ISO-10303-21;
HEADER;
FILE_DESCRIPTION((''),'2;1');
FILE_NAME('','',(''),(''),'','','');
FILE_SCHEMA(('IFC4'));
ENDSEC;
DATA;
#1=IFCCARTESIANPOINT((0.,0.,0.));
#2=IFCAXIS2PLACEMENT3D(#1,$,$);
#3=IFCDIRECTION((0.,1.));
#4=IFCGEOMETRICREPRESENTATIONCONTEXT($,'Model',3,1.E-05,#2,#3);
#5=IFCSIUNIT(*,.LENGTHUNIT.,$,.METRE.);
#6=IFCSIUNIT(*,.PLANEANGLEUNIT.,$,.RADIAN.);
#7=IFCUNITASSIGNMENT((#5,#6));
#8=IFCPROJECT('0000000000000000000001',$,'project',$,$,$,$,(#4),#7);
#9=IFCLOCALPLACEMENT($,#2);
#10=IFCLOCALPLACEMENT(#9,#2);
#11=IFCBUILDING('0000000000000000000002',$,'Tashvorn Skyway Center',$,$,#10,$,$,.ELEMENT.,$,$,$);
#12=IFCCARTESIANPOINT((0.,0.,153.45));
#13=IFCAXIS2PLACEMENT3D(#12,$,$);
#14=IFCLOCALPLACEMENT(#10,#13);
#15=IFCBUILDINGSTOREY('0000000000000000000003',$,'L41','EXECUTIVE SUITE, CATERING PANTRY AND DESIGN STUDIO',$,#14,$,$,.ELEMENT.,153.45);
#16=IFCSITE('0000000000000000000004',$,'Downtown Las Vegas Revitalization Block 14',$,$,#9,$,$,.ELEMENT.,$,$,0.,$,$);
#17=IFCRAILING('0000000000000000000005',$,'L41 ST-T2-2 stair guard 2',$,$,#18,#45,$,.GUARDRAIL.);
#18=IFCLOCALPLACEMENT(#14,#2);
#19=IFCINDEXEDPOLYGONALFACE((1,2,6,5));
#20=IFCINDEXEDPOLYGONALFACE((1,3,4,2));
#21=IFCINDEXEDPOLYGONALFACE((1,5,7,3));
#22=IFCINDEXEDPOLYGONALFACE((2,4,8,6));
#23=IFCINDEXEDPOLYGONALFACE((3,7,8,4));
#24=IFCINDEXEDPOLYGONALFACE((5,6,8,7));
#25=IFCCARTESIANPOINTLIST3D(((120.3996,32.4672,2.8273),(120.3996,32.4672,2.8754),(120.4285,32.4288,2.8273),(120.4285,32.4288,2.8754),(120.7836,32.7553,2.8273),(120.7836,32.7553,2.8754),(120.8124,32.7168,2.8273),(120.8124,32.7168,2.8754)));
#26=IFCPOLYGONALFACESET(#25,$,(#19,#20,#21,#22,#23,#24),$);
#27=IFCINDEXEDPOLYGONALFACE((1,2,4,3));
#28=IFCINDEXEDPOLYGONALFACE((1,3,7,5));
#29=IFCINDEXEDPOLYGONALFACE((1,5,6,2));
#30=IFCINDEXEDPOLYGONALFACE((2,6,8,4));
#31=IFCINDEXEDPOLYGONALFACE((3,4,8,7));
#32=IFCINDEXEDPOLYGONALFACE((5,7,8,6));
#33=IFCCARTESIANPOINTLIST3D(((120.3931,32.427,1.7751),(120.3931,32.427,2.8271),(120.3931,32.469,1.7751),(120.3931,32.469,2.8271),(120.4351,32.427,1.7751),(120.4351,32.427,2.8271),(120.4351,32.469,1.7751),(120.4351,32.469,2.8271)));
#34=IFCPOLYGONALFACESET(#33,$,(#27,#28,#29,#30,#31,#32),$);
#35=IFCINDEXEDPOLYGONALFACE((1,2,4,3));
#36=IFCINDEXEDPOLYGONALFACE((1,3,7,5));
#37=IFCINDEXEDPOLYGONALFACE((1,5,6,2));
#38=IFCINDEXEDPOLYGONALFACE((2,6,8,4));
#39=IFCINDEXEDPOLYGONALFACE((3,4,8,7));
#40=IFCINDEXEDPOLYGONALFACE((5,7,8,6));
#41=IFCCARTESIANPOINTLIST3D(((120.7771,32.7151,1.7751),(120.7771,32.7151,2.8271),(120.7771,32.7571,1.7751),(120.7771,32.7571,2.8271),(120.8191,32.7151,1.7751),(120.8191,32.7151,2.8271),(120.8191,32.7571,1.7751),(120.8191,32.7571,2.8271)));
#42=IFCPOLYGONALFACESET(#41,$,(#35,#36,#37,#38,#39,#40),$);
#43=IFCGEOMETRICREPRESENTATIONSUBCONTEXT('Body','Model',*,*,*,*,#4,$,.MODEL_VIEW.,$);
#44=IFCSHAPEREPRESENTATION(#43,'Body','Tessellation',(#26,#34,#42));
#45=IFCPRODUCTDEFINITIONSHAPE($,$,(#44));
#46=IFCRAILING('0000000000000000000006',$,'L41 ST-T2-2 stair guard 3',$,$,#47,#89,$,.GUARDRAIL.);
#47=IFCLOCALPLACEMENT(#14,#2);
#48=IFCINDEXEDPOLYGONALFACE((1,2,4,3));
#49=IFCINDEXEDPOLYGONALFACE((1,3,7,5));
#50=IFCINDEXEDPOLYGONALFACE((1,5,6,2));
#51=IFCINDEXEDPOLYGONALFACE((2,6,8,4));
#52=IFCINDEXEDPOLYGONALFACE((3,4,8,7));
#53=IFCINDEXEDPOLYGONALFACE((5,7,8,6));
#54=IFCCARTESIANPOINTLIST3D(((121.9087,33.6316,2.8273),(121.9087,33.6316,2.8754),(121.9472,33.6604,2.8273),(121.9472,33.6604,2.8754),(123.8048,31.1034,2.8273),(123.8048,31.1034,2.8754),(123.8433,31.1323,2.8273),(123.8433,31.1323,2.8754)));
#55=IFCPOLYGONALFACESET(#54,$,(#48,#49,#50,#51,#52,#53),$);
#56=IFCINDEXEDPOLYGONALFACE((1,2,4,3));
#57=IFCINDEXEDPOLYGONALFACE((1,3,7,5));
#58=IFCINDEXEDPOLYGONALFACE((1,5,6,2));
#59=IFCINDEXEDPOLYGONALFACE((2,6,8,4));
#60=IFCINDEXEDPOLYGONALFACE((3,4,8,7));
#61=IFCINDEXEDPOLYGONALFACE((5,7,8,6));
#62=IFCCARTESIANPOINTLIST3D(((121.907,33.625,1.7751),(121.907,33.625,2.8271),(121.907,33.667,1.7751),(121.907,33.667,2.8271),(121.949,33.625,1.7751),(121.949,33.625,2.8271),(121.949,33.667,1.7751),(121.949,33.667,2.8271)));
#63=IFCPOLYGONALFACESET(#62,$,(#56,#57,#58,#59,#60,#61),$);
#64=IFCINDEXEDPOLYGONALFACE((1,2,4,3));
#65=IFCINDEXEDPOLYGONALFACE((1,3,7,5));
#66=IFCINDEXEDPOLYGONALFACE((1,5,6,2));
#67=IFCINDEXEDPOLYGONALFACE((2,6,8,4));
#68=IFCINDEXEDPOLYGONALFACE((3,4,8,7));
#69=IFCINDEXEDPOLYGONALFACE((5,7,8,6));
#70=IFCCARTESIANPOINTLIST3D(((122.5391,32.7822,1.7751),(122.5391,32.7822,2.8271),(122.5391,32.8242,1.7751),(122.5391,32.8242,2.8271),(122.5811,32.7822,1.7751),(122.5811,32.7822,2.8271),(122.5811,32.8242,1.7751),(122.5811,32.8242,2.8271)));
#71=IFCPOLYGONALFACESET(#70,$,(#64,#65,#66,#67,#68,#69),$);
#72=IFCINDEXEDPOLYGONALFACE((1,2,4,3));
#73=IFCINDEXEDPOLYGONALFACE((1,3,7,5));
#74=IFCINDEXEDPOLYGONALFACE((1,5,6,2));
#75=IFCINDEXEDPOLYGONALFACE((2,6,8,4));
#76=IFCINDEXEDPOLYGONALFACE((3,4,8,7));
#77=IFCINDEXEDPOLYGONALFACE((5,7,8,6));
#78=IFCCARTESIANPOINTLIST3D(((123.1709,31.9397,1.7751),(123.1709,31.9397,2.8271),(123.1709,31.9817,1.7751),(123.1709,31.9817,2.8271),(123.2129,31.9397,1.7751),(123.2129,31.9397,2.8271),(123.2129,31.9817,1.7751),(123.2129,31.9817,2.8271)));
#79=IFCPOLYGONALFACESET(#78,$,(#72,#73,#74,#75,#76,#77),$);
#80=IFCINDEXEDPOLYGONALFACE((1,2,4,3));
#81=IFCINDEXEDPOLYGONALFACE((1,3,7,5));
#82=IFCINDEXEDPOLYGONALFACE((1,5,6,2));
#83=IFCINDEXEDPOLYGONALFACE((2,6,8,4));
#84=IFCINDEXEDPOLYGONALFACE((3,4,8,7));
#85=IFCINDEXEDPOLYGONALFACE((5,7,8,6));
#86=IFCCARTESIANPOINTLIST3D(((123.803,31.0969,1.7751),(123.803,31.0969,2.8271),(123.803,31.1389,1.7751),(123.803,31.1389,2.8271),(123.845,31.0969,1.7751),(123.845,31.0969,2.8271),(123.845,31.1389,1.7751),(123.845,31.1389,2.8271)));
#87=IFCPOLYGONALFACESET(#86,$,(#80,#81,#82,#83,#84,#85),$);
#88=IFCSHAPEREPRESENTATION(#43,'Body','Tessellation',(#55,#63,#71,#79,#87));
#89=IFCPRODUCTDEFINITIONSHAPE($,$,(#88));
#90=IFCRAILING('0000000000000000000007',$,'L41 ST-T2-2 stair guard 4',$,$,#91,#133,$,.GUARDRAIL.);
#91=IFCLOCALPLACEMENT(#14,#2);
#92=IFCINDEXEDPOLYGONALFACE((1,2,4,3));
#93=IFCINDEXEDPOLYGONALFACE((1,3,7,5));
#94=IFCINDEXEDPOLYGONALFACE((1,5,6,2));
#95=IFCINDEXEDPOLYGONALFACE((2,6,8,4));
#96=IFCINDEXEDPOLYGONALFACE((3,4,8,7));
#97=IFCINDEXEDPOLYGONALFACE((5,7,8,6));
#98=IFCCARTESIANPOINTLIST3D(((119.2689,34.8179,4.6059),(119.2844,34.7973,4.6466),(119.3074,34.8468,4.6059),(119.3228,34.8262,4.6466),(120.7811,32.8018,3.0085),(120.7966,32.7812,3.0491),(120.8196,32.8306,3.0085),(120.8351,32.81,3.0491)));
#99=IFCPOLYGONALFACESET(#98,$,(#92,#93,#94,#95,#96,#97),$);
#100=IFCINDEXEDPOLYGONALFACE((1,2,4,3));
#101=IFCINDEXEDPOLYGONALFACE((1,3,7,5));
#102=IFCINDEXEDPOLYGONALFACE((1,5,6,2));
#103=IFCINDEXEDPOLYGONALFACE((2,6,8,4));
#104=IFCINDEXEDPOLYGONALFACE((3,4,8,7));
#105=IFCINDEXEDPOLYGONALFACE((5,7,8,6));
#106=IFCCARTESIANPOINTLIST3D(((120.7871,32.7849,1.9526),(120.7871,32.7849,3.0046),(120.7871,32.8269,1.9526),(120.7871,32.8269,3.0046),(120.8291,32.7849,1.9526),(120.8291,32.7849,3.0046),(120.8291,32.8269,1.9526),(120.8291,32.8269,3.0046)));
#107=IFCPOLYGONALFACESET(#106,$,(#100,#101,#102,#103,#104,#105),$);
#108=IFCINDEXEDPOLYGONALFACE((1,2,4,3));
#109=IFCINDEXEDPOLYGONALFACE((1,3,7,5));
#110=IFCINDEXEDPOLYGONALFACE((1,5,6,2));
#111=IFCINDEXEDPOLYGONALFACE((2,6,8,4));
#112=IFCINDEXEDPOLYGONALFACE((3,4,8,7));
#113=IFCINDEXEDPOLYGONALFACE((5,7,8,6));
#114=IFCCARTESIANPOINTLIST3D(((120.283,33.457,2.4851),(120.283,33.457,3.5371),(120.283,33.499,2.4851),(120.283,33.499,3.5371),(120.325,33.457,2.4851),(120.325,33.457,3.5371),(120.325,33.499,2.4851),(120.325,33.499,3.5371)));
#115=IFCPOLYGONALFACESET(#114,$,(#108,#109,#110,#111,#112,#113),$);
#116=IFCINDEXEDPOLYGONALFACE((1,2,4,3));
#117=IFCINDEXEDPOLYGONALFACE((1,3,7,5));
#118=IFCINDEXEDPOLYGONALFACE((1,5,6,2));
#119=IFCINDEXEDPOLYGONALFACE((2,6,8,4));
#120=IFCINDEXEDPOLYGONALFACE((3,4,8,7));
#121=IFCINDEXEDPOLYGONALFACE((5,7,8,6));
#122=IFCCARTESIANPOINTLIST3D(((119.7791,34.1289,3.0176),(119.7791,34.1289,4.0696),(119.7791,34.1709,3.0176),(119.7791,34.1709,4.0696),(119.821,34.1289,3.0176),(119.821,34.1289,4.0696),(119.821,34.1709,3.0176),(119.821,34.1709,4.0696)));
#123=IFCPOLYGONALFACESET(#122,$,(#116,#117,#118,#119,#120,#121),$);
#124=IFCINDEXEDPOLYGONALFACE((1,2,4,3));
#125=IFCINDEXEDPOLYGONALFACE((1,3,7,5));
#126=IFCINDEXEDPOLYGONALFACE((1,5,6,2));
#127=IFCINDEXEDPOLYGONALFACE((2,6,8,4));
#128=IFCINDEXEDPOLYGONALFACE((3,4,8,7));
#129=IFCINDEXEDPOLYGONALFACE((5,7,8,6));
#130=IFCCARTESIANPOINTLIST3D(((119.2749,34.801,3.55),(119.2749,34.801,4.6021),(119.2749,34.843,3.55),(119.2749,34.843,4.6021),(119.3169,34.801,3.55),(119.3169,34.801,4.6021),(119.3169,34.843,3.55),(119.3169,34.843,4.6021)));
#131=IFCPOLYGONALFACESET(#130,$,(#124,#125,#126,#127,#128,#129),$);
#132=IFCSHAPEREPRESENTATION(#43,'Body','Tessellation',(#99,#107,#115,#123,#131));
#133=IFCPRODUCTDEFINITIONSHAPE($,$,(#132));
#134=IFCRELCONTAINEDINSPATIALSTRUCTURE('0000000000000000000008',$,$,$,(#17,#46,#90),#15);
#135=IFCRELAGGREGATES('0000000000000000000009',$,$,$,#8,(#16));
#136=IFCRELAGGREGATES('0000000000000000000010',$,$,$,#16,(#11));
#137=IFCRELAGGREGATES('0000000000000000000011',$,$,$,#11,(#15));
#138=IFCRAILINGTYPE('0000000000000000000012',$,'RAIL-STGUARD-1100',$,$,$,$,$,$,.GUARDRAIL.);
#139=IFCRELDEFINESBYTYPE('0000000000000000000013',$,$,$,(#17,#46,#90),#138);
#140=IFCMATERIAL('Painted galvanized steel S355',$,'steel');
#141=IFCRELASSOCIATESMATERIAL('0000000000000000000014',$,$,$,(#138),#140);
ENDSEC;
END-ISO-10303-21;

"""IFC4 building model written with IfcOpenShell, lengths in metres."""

from ifc_helpers import new_model, si_unit, direction, frame, origin, origin_2d, place, context, subcontext, project, spatial, rectangle, extrude, material, type_object, element, save


model = new_model("IFC4")

# Units and contexts
model_context = context("Model", 3, precision=1e-05, world=origin(), true_north=direction((0.0, 1.0)))
body_context = subcontext(model_context, "Body", "Model", "MODEL_VIEW")
ifc_project = project(units=[si_unit("LENGTHUNIT", "METRE"), si_unit("PLANEANGLEUNIT", "RADIAN")], contexts=[model_context])

# Site, building, storey
site_placement = place(None, origin())
site = spatial("IfcSite", under=ifc_project, at=site_placement, Name="Downtown Las Vegas Revitalization Block 14", CompositionType="ELEMENT", RefElevation=0.0)
building_placement = place(site_placement, origin())
building = spatial("IfcBuilding", under=site, at=building_placement, Name="Tashvorn Skyway Center", CompositionType="ELEMENT")
storey_placement = place(building_placement, frame((0.0, 0.0, 153.45)))
storey = spatial("IfcBuildingStorey", under=building, at=storey_placement, Name="L41", Description="EXECUTIVE SUITE, CATERING PANTRY AND DESIGN STUDIO", CompositionType="ELEMENT", Elevation=153.45)

# Railings
ifc_material_1 = material(Name="Painted galvanized steel S355", Category="steel")
railing_type_1 = type_object("IfcRailingType", Name="RAIL-STGUARD-1100", PredefinedType="GUARDRAIL", material=ifc_material_1)
railing_1_placement = place(storey_placement, frame((120.4141, 32.448, 1.7751)))
element("IfcRailing", 1, at=railing_1_placement, inside=storey, type_object=railing_type_1, Name="L41 ST-T2-2 stair guard 2", PredefinedType="GUARDRAIL", context=body_context, shape_type="SweptSolid", body=[
    extrude(rectangle(XDim=0.0481, YDim=0.0481, at=origin_2d()), frame((0.0, 0.0, 1.0762), z_axis=(0.799939, 0.600081, 0.0), x_axis=(-0.600081, 0.799939, 0.0)), (0.0, 0.0, 1.0), 0.48),
    extrude(rectangle(XDim=0.042, YDim=0.042, at=origin_2d()), origin(), (0.0, 0.0, 1.0), 1.052),
    extrude(rectangle(XDim=0.042, YDim=0.042, at=origin_2d()), frame((0.384, 0.2881, 0.0)), (0.0, 0.0, 1.0), 1.052),
])
railing_2_placement = place(storey_placement, frame((121.928, 33.646, 1.7751)))
element("IfcRailing", 2, at=railing_2_placement, inside=storey, type_object=railing_type_1, Name="L41 ST-T2-2 stair guard 3", PredefinedType="GUARDRAIL", context=body_context, shape_type="SweptSolid", body=[
    extrude(rectangle(XDim=0.0481, YDim=0.0481, at=origin_2d()), frame((0.0, 0.0, 1.0762), z_axis=(0.599988, -0.800009, 0.0), x_axis=(0.800009, 0.599988, 0.0)), (0.0, 0.0, 1.0), 3.1602),
    extrude(rectangle(XDim=0.042, YDim=0.042, at=origin_2d()), origin(), (0.0, 0.0, 1.0), 1.052),
    extrude(rectangle(XDim=0.042, YDim=0.042, at=origin_2d()), frame((0.6321, -0.8428, 0.0)), (0.0, 0.0, 1.0), 1.052),
    extrude(rectangle(XDim=0.042, YDim=0.042, at=origin_2d()), frame((1.2639, -1.6853, 0.0)), (0.0, 0.0, 1.0), 1.052),
    extrude(rectangle(XDim=0.042, YDim=0.042, at=origin_2d()), frame((1.896, -2.5281, 0.0)), (0.0, 0.0, 1.0), 1.052),
])
railing_3_placement = place(storey_placement, frame((120.8081, 32.8059, 1.9526)))
element("IfcRailing", 3, at=railing_3_placement, inside=storey, type_object=railing_type_1, Name="L41 ST-T2-2 stair guard 4", PredefinedType="GUARDRAIL", context=body_context, shape_type="SweptSolid", body=[
    extrude(rectangle(XDim=0.0481, YDim=0.0481, at=origin_2d()), frame((0.0, 0.0, 1.0762), z_axis=(-0.506802, 0.675681, 0.535357), x_axis=(-0.799977, -0.600031, 0.0)), (0.0, 0.0, 1.0), 2.9839),
    extrude(rectangle(XDim=0.042, YDim=0.042, at=origin_2d()), origin(), (0.0, 0.0, 1.0), 1.052),
    extrude(rectangle(XDim=0.042, YDim=0.042, at=origin_2d()), frame((-0.5042, 0.6721, 0.5325)), (0.0, 0.0, 1.0), 1.052),
    extrude(rectangle(XDim=0.042, YDim=0.042, at=origin_2d()), frame((-1.0081, 1.344, 1.0649)), (0.0, 0.0, 1.0), 1.052),
    extrude(rectangle(XDim=0.042, YDim=0.042, at=origin_2d()), frame((-1.5122, 2.0161, 1.5974)), (0.0, 0.0, 1.0), 1.052),
])

save(model, "model.ifc")
